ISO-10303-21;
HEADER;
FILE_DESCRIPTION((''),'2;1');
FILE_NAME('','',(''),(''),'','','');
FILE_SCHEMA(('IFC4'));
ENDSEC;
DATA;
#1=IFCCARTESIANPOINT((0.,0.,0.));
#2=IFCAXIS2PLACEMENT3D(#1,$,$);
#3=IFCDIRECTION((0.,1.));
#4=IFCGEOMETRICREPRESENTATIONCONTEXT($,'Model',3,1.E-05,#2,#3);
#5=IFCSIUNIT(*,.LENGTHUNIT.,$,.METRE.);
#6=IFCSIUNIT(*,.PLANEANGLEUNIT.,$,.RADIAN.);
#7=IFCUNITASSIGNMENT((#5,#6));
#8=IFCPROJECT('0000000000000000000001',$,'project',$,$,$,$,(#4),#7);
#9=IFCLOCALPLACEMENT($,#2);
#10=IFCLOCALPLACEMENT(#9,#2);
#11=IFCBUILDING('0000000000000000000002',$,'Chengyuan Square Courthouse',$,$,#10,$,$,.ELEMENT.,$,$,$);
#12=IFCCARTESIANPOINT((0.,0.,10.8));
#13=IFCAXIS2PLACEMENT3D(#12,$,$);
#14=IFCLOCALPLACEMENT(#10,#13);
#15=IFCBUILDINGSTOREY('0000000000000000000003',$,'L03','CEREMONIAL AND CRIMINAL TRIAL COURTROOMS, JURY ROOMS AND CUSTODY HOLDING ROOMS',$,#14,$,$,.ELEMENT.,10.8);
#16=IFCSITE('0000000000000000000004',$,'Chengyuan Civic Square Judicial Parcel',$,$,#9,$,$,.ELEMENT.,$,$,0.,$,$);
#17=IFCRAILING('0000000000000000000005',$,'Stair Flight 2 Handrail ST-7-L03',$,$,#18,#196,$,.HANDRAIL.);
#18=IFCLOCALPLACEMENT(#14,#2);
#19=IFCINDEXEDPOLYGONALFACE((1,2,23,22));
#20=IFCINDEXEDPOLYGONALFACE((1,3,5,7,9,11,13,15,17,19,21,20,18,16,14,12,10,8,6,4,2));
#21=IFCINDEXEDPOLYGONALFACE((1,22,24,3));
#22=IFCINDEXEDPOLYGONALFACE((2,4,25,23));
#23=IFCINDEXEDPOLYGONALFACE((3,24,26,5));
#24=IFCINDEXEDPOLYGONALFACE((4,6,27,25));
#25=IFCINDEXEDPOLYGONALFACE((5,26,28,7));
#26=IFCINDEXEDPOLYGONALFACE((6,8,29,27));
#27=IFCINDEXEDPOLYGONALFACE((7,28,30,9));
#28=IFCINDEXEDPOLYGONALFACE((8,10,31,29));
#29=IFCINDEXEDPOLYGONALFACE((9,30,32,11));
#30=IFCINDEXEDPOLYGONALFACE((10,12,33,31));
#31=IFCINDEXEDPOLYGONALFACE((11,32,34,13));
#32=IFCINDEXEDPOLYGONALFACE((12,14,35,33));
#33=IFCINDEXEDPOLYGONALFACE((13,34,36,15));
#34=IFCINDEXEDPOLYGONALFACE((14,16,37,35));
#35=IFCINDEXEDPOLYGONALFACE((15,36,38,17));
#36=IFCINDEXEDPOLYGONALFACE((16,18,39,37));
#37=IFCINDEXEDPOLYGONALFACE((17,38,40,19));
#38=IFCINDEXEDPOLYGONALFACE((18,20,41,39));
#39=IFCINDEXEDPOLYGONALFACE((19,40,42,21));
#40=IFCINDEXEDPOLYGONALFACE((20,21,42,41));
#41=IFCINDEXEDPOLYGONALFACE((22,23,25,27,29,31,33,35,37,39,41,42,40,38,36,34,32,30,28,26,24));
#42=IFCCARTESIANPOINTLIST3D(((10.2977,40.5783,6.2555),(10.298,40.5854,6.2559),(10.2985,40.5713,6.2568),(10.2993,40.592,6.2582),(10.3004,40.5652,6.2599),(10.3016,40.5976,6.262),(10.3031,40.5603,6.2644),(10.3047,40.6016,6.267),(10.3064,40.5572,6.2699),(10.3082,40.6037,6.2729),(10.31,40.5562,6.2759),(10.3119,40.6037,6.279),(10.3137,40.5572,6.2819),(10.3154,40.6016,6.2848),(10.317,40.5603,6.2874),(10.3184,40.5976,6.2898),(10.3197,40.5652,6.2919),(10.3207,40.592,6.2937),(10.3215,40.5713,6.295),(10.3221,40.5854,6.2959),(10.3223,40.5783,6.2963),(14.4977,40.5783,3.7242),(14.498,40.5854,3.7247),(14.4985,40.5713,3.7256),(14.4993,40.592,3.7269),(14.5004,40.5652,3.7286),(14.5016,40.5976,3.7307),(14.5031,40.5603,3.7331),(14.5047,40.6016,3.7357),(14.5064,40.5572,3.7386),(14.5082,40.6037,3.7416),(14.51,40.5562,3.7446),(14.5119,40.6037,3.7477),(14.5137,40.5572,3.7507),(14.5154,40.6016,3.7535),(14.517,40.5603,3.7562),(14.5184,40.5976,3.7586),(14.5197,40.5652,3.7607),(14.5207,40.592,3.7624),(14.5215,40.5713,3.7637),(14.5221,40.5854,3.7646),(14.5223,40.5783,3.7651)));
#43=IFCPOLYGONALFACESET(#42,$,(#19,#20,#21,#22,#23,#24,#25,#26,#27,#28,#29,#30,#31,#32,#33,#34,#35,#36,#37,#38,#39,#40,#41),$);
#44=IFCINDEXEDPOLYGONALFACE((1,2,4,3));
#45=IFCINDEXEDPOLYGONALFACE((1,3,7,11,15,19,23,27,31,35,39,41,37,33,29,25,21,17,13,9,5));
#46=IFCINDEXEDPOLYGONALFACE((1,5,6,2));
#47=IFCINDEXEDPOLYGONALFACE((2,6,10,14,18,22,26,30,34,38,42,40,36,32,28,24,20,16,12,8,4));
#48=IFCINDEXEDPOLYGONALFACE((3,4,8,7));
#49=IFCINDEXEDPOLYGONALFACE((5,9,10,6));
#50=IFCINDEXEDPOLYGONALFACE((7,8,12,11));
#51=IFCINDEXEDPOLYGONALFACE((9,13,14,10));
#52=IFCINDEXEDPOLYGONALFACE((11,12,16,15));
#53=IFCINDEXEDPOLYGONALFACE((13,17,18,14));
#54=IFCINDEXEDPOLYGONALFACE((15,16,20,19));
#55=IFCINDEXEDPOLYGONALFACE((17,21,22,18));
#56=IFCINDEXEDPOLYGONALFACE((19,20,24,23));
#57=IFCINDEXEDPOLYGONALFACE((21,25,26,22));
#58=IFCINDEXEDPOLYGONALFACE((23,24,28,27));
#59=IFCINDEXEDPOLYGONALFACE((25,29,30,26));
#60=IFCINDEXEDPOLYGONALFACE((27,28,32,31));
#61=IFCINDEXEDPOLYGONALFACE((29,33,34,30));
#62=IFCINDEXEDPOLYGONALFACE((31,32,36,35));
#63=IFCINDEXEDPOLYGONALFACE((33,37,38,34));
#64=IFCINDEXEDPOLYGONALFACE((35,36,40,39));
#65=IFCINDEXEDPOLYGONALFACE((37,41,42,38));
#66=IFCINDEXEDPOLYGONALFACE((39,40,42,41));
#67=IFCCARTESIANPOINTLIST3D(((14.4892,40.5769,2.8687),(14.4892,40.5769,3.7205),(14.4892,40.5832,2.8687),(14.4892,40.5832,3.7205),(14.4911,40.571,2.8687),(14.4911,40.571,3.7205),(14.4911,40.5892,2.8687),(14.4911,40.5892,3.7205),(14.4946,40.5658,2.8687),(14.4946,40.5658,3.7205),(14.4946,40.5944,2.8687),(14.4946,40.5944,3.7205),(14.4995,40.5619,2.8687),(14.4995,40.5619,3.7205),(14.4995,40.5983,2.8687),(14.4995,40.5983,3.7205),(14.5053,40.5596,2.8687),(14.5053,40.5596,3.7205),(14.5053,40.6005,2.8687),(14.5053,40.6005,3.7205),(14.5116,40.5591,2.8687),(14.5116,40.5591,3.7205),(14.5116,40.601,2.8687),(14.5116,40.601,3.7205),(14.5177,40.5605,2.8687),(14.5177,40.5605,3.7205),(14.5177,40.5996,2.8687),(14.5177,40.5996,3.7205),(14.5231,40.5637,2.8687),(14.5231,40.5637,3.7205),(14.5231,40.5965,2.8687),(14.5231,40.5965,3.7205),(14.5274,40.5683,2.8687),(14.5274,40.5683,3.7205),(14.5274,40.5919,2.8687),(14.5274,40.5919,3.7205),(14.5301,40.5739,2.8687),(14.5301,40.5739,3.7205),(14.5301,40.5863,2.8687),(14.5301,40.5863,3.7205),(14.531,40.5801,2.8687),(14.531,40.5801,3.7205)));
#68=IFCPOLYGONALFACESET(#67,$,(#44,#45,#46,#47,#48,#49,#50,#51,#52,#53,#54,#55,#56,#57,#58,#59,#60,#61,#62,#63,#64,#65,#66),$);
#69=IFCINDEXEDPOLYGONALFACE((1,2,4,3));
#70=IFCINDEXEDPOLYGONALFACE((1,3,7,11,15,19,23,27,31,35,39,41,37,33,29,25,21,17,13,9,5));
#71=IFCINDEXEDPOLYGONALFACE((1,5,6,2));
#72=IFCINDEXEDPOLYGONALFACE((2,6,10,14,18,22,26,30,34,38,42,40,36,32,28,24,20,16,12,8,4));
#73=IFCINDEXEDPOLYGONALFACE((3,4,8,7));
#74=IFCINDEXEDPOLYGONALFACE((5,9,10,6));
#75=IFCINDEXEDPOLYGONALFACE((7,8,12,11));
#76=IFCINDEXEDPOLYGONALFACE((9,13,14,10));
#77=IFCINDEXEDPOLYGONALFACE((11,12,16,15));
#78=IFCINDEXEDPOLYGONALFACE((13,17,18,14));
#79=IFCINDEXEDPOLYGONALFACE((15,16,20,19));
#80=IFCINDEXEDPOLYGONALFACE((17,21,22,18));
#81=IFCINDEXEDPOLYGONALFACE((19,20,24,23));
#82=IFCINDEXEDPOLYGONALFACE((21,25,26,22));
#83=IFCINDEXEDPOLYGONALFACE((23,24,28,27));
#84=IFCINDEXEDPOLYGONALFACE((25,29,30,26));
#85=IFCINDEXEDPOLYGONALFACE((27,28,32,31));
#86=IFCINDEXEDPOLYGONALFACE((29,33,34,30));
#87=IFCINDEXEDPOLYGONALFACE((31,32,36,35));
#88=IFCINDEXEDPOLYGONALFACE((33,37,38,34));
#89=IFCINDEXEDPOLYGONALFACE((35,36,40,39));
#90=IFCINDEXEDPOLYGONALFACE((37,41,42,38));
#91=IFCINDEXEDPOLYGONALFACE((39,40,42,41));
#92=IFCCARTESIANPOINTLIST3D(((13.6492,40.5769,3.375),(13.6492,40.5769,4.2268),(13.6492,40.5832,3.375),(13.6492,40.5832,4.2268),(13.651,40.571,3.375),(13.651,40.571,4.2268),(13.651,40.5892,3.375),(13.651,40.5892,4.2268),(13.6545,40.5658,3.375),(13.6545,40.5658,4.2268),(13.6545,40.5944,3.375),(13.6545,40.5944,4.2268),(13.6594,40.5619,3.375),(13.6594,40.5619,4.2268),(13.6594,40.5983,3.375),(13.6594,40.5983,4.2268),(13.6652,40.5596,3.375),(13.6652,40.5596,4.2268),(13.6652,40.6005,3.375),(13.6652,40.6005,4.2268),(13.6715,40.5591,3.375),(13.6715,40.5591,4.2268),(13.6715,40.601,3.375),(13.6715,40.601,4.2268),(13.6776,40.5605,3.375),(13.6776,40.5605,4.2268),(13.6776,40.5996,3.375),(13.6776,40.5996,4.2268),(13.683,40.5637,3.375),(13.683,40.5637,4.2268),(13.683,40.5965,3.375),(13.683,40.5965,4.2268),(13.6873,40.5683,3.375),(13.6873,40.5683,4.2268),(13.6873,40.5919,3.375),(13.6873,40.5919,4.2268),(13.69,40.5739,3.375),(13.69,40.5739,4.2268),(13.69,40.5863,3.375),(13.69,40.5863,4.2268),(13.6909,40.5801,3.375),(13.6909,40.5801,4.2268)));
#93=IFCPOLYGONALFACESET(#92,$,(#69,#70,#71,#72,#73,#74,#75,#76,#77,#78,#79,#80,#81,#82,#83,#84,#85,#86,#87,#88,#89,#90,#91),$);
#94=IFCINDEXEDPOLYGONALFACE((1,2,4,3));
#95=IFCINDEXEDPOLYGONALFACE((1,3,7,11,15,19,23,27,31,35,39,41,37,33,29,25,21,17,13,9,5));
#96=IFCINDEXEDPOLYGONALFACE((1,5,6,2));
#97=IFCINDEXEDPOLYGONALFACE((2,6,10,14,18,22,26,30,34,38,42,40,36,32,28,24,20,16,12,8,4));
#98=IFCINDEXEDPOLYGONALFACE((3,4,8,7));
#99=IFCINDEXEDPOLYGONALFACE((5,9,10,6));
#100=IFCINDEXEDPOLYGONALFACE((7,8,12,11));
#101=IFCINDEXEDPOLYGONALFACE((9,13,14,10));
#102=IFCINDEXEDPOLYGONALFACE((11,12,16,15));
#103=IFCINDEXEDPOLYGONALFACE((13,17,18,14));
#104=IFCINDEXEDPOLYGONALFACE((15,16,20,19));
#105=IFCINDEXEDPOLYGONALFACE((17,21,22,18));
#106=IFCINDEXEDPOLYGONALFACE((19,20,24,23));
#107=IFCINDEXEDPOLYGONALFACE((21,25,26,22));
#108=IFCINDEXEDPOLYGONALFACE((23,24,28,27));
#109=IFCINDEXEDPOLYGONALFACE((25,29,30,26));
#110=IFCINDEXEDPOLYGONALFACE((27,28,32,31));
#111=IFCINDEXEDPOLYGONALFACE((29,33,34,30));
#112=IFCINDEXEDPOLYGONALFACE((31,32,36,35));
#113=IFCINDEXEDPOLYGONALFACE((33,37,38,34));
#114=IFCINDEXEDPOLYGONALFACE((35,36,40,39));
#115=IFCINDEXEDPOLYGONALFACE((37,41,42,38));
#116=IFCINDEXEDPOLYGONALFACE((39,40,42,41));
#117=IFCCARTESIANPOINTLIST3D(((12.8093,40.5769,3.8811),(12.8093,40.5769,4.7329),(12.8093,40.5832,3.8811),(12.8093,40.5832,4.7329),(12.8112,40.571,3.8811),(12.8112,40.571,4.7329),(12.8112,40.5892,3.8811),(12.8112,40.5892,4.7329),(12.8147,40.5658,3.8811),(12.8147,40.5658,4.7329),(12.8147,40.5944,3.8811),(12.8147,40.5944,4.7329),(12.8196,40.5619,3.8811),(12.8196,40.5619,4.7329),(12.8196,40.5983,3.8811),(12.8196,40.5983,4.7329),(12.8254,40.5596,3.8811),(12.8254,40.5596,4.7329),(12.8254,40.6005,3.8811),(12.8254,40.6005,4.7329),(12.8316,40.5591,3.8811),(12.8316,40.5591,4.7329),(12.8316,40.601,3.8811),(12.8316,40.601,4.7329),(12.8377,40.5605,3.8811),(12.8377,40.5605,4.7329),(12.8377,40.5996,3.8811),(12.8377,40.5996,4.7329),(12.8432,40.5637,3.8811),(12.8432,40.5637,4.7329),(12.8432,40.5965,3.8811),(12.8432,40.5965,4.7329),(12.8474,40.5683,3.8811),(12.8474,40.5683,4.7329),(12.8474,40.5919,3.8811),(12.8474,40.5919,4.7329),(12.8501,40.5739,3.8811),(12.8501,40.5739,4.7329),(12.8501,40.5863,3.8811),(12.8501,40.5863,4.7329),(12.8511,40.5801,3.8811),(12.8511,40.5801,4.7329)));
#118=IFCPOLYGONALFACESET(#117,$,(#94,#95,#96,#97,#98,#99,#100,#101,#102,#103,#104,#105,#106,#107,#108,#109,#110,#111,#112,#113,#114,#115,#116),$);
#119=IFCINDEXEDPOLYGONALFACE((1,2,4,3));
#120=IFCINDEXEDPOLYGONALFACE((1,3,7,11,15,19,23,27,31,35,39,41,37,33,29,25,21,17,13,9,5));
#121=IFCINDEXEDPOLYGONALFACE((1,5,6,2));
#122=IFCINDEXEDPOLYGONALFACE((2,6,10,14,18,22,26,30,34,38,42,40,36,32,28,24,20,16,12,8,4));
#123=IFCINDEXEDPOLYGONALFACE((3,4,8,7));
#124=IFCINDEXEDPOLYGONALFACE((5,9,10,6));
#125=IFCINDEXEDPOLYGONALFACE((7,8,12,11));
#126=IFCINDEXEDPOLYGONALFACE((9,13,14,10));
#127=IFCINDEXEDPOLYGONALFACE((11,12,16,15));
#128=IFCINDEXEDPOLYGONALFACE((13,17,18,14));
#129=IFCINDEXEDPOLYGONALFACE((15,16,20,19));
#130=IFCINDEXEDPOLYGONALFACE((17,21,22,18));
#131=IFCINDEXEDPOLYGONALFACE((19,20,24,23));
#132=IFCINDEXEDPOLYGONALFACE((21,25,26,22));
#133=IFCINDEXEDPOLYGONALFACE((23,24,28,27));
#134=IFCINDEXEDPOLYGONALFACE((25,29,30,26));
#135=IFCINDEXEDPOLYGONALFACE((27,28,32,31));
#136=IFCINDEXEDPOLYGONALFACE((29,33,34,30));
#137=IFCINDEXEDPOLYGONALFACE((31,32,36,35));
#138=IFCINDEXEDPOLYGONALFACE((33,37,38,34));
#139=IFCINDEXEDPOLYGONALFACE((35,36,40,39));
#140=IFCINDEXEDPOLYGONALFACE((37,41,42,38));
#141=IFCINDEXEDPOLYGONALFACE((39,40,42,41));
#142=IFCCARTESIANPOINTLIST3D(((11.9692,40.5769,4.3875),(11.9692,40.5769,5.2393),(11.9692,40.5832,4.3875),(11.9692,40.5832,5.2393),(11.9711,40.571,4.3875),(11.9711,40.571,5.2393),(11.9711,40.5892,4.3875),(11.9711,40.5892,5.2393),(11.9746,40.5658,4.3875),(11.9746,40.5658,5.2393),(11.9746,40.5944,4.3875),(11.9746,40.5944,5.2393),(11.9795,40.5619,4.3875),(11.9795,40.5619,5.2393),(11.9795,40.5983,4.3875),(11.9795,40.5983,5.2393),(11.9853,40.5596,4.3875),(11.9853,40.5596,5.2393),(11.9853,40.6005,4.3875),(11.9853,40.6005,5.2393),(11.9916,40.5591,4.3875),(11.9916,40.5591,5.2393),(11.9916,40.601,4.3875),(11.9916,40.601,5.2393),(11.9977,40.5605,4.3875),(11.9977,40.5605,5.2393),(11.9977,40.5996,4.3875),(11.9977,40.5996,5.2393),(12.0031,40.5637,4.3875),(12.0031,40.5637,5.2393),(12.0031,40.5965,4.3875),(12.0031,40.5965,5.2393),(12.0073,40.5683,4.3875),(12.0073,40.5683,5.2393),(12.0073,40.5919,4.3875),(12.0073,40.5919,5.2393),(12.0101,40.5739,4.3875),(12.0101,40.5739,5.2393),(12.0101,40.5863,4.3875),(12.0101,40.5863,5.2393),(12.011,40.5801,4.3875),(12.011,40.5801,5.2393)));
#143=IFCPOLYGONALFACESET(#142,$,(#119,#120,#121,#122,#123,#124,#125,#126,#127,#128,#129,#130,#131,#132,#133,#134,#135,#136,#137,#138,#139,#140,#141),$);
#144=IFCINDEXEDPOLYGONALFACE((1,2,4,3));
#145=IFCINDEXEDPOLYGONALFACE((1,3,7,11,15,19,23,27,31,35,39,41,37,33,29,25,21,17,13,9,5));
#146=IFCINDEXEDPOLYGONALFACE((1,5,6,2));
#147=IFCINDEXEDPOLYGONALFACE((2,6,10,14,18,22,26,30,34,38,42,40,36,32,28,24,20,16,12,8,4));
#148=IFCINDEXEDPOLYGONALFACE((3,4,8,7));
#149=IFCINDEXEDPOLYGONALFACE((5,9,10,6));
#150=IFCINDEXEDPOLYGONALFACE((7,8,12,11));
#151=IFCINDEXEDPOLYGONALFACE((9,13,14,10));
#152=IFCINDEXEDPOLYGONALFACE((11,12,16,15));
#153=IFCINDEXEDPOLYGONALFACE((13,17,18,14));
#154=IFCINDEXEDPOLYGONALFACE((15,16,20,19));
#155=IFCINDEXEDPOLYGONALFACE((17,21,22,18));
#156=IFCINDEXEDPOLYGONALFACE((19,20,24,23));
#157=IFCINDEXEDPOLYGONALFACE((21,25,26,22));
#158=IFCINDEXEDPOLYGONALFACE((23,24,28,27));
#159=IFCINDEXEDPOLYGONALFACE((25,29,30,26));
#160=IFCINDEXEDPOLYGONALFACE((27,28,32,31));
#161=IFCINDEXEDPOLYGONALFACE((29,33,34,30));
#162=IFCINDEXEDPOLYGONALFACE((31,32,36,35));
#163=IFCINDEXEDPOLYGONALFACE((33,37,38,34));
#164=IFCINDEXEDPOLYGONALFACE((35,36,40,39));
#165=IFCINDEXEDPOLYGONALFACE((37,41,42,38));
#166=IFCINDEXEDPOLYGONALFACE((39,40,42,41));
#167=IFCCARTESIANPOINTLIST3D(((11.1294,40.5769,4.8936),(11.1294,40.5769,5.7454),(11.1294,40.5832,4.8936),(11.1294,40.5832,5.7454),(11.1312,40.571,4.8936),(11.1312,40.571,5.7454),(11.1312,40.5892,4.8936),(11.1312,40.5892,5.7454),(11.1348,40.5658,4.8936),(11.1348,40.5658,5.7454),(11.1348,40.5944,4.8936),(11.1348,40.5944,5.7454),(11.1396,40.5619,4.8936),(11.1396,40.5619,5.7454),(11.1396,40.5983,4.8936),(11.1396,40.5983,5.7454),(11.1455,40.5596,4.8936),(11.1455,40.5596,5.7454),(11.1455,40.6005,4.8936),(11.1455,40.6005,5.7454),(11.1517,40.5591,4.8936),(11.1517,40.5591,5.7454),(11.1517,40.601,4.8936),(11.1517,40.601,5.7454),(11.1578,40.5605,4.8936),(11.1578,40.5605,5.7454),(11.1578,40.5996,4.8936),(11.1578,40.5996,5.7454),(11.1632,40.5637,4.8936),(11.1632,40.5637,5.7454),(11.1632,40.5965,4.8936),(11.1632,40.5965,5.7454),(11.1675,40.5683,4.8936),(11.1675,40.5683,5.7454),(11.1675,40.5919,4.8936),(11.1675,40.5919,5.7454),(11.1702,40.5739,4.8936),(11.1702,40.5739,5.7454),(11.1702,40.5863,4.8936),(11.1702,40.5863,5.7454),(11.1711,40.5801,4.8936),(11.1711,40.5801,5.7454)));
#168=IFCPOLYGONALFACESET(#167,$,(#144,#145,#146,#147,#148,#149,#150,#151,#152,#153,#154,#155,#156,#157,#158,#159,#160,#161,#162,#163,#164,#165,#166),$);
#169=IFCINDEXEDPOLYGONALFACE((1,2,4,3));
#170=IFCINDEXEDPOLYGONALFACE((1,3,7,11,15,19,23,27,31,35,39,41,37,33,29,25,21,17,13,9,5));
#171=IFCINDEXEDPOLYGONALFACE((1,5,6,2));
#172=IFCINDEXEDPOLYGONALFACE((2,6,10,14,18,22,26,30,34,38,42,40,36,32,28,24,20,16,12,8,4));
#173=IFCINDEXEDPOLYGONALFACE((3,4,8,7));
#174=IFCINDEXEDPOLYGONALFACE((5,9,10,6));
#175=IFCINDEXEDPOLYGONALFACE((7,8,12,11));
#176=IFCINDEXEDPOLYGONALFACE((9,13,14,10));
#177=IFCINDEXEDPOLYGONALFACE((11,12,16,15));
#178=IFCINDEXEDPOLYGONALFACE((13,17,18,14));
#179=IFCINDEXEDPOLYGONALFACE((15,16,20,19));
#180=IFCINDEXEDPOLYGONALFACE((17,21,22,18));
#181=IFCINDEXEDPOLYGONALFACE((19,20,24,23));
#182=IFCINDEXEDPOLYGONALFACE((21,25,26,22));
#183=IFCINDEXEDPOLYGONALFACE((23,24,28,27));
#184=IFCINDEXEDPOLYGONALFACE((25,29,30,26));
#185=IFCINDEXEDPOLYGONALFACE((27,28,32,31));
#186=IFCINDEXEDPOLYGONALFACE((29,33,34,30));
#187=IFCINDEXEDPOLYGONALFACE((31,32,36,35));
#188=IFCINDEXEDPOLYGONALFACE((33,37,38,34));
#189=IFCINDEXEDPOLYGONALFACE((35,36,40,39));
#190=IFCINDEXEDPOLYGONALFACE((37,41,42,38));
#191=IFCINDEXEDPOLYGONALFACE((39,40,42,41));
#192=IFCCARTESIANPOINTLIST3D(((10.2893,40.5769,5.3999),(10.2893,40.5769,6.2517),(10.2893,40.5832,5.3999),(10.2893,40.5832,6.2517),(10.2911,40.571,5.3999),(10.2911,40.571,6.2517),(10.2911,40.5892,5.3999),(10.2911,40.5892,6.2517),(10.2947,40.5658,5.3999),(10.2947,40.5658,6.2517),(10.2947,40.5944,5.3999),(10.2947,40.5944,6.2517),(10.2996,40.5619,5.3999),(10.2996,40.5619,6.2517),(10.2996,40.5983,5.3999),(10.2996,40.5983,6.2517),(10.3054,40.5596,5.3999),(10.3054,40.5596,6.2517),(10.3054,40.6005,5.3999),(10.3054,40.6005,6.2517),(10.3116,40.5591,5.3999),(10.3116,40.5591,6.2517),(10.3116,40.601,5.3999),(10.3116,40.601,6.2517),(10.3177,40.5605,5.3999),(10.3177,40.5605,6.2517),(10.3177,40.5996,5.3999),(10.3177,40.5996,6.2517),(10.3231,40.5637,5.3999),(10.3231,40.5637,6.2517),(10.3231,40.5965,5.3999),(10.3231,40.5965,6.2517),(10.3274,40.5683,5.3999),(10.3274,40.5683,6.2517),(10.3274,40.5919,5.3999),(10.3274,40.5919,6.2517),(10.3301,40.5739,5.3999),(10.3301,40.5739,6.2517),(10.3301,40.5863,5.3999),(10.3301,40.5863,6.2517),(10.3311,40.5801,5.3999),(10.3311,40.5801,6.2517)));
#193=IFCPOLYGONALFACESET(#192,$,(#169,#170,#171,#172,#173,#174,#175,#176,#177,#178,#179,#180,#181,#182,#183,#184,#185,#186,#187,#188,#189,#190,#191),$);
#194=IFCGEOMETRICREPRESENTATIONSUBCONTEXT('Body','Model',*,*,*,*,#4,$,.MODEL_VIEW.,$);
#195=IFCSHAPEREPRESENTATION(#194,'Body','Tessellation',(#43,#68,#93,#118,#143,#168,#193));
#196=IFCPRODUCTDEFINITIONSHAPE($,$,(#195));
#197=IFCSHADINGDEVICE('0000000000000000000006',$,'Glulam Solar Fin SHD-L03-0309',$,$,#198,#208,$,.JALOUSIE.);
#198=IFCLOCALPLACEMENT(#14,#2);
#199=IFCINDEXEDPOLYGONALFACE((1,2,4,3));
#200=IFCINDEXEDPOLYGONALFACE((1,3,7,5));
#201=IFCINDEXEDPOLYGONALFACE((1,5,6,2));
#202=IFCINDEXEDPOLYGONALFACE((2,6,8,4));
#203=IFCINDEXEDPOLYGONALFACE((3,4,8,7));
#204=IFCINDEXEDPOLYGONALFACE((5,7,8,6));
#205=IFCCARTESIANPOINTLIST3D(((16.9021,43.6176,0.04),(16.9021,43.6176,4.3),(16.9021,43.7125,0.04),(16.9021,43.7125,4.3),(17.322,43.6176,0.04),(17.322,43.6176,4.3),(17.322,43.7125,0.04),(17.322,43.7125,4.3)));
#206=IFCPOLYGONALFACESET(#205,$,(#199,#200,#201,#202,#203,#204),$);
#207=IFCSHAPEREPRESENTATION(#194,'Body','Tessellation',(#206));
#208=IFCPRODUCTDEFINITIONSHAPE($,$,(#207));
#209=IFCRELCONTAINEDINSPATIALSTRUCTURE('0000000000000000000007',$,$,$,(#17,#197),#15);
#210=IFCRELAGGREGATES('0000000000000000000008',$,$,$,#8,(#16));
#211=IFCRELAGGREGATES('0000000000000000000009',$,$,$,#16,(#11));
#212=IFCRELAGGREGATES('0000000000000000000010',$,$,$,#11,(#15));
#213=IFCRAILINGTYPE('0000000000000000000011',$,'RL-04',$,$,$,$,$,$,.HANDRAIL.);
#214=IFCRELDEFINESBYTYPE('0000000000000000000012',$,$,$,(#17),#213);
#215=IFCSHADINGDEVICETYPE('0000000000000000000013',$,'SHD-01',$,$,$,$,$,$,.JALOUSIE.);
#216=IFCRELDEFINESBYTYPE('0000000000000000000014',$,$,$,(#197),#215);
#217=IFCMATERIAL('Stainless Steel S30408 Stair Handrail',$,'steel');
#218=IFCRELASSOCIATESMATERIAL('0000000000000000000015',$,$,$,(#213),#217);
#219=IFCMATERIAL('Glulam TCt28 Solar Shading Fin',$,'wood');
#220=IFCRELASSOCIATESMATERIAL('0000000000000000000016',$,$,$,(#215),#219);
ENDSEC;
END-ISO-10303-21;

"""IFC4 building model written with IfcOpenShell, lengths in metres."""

from ifc_helpers import new_model, si_unit, direction, frame, origin, origin_2d, place, context, subcontext, project, spatial, rectangle, circle, extrude, material, type_object, element, save


model = new_model("IFC4")

# Units and contexts
model_context = context("Model", 3, precision=1e-05, world=origin(), true_north=direction((0.0, 1.0)))
body_context = subcontext(model_context, "Body", "Model", "MODEL_VIEW")
ifc_project = project(units=[si_unit("LENGTHUNIT", "METRE"), si_unit("PLANEANGLEUNIT", "RADIAN")], contexts=[model_context])

# Site, building, storey
site_placement = place(None, origin())
site = spatial("IfcSite", under=ifc_project, at=site_placement, Name="Chengyuan Civic Square Judicial Parcel", CompositionType="ELEMENT", RefElevation=0.0)
building_placement = place(site_placement, origin())
building = spatial("IfcBuilding", under=site, at=building_placement, Name="Chengyuan Square Courthouse", CompositionType="ELEMENT")
storey_placement = place(building_placement, frame((0.0, 0.0, 10.8)))
storey = spatial("IfcBuildingStorey", under=building, at=storey_placement, Name="L03", Description="CEREMONIAL AND CRIMINAL TRIAL COURTROOMS, JURY ROOMS AND CUSTODY HOLDING ROOMS", CompositionType="ELEMENT", Elevation=10.8)

# Railing
ifc_material_1 = material(Name="Stainless Steel S30408 Stair Handrail", Category="steel")
railing_type_1 = type_object("IfcRailingType", Name="RL-04", PredefinedType="HANDRAIL", material=ifc_material_1)
railing_1_placement = place(storey_placement, frame((14.51, 40.5801, 2.8687)))
element("IfcRailing", 1, at=railing_1_placement, inside=storey, type_object=railing_type_1, Name="Stair Flight 2 Handrail ST-7-L03", PredefinedType="HANDRAIL", context=body_context, shape_type="SweptSolid", body=[
    extrude(circle(Radius=0.0239, at=origin_2d()), frame((0.0, 0.0, 0.876), z_axis=(-0.856476, 0.0, 0.516186), x_axis=(0.0, -1.0, 0.0)), (0.0, 0.0, 1.0), 4.9038),
    extrude(circle(Radius=0.021, at=origin_2d()), origin(), (0.0, 0.0, 1.0), 0.8518),
    extrude(circle(Radius=0.021, at=origin_2d()), frame((-0.8401, 0.0, 0.5063)), (0.0, 0.0, 1.0), 0.8518),
    extrude(circle(Radius=0.021, at=origin_2d()), frame((-1.6799, 0.0, 1.0125)), (0.0, 0.0, 1.0), 0.8518),
    extrude(circle(Radius=0.021, at=origin_2d()), frame((-2.52, 0.0, 1.5188)), (0.0, 0.0, 1.0), 0.8518),
    extrude(circle(Radius=0.021, at=origin_2d()), frame((-3.3599, 0.0, 2.0249)), (0.0, 0.0, 1.0), 0.8518),
    extrude(circle(Radius=0.021, at=origin_2d()), frame((-4.2, 0.0, 2.5312)), (0.0, 0.0, 1.0), 0.8518),
])

# Shading device
ifc_material_2 = material(Name="Glulam TCt28 Solar Shading Fin", Category="wood")
shading_device_type_1 = type_object("IfcShadingDeviceType", Name="SHD-01", PredefinedType="JALOUSIE", material=ifc_material_2)
shading_device_1_placement = place(storey_placement, frame((17.1121, 43.665, 0.04), z_axis=(0.0, 0.0, 1.0), x_axis=(1.0, 0.0, 0.0)))
element("IfcShadingDevice", 2, at=shading_device_1_placement, inside=storey, type_object=shading_device_type_1, Name="Glulam Solar Fin SHD-L03-0309", PredefinedType="JALOUSIE", context=body_context, shape_type="SweptSolid", body=[
    extrude(rectangle(XDim=0.4199, YDim=0.095, at=origin_2d()), origin(), (0.0, 0.0, 1.0), 4.26),
])

save(model, "model.ifc")
